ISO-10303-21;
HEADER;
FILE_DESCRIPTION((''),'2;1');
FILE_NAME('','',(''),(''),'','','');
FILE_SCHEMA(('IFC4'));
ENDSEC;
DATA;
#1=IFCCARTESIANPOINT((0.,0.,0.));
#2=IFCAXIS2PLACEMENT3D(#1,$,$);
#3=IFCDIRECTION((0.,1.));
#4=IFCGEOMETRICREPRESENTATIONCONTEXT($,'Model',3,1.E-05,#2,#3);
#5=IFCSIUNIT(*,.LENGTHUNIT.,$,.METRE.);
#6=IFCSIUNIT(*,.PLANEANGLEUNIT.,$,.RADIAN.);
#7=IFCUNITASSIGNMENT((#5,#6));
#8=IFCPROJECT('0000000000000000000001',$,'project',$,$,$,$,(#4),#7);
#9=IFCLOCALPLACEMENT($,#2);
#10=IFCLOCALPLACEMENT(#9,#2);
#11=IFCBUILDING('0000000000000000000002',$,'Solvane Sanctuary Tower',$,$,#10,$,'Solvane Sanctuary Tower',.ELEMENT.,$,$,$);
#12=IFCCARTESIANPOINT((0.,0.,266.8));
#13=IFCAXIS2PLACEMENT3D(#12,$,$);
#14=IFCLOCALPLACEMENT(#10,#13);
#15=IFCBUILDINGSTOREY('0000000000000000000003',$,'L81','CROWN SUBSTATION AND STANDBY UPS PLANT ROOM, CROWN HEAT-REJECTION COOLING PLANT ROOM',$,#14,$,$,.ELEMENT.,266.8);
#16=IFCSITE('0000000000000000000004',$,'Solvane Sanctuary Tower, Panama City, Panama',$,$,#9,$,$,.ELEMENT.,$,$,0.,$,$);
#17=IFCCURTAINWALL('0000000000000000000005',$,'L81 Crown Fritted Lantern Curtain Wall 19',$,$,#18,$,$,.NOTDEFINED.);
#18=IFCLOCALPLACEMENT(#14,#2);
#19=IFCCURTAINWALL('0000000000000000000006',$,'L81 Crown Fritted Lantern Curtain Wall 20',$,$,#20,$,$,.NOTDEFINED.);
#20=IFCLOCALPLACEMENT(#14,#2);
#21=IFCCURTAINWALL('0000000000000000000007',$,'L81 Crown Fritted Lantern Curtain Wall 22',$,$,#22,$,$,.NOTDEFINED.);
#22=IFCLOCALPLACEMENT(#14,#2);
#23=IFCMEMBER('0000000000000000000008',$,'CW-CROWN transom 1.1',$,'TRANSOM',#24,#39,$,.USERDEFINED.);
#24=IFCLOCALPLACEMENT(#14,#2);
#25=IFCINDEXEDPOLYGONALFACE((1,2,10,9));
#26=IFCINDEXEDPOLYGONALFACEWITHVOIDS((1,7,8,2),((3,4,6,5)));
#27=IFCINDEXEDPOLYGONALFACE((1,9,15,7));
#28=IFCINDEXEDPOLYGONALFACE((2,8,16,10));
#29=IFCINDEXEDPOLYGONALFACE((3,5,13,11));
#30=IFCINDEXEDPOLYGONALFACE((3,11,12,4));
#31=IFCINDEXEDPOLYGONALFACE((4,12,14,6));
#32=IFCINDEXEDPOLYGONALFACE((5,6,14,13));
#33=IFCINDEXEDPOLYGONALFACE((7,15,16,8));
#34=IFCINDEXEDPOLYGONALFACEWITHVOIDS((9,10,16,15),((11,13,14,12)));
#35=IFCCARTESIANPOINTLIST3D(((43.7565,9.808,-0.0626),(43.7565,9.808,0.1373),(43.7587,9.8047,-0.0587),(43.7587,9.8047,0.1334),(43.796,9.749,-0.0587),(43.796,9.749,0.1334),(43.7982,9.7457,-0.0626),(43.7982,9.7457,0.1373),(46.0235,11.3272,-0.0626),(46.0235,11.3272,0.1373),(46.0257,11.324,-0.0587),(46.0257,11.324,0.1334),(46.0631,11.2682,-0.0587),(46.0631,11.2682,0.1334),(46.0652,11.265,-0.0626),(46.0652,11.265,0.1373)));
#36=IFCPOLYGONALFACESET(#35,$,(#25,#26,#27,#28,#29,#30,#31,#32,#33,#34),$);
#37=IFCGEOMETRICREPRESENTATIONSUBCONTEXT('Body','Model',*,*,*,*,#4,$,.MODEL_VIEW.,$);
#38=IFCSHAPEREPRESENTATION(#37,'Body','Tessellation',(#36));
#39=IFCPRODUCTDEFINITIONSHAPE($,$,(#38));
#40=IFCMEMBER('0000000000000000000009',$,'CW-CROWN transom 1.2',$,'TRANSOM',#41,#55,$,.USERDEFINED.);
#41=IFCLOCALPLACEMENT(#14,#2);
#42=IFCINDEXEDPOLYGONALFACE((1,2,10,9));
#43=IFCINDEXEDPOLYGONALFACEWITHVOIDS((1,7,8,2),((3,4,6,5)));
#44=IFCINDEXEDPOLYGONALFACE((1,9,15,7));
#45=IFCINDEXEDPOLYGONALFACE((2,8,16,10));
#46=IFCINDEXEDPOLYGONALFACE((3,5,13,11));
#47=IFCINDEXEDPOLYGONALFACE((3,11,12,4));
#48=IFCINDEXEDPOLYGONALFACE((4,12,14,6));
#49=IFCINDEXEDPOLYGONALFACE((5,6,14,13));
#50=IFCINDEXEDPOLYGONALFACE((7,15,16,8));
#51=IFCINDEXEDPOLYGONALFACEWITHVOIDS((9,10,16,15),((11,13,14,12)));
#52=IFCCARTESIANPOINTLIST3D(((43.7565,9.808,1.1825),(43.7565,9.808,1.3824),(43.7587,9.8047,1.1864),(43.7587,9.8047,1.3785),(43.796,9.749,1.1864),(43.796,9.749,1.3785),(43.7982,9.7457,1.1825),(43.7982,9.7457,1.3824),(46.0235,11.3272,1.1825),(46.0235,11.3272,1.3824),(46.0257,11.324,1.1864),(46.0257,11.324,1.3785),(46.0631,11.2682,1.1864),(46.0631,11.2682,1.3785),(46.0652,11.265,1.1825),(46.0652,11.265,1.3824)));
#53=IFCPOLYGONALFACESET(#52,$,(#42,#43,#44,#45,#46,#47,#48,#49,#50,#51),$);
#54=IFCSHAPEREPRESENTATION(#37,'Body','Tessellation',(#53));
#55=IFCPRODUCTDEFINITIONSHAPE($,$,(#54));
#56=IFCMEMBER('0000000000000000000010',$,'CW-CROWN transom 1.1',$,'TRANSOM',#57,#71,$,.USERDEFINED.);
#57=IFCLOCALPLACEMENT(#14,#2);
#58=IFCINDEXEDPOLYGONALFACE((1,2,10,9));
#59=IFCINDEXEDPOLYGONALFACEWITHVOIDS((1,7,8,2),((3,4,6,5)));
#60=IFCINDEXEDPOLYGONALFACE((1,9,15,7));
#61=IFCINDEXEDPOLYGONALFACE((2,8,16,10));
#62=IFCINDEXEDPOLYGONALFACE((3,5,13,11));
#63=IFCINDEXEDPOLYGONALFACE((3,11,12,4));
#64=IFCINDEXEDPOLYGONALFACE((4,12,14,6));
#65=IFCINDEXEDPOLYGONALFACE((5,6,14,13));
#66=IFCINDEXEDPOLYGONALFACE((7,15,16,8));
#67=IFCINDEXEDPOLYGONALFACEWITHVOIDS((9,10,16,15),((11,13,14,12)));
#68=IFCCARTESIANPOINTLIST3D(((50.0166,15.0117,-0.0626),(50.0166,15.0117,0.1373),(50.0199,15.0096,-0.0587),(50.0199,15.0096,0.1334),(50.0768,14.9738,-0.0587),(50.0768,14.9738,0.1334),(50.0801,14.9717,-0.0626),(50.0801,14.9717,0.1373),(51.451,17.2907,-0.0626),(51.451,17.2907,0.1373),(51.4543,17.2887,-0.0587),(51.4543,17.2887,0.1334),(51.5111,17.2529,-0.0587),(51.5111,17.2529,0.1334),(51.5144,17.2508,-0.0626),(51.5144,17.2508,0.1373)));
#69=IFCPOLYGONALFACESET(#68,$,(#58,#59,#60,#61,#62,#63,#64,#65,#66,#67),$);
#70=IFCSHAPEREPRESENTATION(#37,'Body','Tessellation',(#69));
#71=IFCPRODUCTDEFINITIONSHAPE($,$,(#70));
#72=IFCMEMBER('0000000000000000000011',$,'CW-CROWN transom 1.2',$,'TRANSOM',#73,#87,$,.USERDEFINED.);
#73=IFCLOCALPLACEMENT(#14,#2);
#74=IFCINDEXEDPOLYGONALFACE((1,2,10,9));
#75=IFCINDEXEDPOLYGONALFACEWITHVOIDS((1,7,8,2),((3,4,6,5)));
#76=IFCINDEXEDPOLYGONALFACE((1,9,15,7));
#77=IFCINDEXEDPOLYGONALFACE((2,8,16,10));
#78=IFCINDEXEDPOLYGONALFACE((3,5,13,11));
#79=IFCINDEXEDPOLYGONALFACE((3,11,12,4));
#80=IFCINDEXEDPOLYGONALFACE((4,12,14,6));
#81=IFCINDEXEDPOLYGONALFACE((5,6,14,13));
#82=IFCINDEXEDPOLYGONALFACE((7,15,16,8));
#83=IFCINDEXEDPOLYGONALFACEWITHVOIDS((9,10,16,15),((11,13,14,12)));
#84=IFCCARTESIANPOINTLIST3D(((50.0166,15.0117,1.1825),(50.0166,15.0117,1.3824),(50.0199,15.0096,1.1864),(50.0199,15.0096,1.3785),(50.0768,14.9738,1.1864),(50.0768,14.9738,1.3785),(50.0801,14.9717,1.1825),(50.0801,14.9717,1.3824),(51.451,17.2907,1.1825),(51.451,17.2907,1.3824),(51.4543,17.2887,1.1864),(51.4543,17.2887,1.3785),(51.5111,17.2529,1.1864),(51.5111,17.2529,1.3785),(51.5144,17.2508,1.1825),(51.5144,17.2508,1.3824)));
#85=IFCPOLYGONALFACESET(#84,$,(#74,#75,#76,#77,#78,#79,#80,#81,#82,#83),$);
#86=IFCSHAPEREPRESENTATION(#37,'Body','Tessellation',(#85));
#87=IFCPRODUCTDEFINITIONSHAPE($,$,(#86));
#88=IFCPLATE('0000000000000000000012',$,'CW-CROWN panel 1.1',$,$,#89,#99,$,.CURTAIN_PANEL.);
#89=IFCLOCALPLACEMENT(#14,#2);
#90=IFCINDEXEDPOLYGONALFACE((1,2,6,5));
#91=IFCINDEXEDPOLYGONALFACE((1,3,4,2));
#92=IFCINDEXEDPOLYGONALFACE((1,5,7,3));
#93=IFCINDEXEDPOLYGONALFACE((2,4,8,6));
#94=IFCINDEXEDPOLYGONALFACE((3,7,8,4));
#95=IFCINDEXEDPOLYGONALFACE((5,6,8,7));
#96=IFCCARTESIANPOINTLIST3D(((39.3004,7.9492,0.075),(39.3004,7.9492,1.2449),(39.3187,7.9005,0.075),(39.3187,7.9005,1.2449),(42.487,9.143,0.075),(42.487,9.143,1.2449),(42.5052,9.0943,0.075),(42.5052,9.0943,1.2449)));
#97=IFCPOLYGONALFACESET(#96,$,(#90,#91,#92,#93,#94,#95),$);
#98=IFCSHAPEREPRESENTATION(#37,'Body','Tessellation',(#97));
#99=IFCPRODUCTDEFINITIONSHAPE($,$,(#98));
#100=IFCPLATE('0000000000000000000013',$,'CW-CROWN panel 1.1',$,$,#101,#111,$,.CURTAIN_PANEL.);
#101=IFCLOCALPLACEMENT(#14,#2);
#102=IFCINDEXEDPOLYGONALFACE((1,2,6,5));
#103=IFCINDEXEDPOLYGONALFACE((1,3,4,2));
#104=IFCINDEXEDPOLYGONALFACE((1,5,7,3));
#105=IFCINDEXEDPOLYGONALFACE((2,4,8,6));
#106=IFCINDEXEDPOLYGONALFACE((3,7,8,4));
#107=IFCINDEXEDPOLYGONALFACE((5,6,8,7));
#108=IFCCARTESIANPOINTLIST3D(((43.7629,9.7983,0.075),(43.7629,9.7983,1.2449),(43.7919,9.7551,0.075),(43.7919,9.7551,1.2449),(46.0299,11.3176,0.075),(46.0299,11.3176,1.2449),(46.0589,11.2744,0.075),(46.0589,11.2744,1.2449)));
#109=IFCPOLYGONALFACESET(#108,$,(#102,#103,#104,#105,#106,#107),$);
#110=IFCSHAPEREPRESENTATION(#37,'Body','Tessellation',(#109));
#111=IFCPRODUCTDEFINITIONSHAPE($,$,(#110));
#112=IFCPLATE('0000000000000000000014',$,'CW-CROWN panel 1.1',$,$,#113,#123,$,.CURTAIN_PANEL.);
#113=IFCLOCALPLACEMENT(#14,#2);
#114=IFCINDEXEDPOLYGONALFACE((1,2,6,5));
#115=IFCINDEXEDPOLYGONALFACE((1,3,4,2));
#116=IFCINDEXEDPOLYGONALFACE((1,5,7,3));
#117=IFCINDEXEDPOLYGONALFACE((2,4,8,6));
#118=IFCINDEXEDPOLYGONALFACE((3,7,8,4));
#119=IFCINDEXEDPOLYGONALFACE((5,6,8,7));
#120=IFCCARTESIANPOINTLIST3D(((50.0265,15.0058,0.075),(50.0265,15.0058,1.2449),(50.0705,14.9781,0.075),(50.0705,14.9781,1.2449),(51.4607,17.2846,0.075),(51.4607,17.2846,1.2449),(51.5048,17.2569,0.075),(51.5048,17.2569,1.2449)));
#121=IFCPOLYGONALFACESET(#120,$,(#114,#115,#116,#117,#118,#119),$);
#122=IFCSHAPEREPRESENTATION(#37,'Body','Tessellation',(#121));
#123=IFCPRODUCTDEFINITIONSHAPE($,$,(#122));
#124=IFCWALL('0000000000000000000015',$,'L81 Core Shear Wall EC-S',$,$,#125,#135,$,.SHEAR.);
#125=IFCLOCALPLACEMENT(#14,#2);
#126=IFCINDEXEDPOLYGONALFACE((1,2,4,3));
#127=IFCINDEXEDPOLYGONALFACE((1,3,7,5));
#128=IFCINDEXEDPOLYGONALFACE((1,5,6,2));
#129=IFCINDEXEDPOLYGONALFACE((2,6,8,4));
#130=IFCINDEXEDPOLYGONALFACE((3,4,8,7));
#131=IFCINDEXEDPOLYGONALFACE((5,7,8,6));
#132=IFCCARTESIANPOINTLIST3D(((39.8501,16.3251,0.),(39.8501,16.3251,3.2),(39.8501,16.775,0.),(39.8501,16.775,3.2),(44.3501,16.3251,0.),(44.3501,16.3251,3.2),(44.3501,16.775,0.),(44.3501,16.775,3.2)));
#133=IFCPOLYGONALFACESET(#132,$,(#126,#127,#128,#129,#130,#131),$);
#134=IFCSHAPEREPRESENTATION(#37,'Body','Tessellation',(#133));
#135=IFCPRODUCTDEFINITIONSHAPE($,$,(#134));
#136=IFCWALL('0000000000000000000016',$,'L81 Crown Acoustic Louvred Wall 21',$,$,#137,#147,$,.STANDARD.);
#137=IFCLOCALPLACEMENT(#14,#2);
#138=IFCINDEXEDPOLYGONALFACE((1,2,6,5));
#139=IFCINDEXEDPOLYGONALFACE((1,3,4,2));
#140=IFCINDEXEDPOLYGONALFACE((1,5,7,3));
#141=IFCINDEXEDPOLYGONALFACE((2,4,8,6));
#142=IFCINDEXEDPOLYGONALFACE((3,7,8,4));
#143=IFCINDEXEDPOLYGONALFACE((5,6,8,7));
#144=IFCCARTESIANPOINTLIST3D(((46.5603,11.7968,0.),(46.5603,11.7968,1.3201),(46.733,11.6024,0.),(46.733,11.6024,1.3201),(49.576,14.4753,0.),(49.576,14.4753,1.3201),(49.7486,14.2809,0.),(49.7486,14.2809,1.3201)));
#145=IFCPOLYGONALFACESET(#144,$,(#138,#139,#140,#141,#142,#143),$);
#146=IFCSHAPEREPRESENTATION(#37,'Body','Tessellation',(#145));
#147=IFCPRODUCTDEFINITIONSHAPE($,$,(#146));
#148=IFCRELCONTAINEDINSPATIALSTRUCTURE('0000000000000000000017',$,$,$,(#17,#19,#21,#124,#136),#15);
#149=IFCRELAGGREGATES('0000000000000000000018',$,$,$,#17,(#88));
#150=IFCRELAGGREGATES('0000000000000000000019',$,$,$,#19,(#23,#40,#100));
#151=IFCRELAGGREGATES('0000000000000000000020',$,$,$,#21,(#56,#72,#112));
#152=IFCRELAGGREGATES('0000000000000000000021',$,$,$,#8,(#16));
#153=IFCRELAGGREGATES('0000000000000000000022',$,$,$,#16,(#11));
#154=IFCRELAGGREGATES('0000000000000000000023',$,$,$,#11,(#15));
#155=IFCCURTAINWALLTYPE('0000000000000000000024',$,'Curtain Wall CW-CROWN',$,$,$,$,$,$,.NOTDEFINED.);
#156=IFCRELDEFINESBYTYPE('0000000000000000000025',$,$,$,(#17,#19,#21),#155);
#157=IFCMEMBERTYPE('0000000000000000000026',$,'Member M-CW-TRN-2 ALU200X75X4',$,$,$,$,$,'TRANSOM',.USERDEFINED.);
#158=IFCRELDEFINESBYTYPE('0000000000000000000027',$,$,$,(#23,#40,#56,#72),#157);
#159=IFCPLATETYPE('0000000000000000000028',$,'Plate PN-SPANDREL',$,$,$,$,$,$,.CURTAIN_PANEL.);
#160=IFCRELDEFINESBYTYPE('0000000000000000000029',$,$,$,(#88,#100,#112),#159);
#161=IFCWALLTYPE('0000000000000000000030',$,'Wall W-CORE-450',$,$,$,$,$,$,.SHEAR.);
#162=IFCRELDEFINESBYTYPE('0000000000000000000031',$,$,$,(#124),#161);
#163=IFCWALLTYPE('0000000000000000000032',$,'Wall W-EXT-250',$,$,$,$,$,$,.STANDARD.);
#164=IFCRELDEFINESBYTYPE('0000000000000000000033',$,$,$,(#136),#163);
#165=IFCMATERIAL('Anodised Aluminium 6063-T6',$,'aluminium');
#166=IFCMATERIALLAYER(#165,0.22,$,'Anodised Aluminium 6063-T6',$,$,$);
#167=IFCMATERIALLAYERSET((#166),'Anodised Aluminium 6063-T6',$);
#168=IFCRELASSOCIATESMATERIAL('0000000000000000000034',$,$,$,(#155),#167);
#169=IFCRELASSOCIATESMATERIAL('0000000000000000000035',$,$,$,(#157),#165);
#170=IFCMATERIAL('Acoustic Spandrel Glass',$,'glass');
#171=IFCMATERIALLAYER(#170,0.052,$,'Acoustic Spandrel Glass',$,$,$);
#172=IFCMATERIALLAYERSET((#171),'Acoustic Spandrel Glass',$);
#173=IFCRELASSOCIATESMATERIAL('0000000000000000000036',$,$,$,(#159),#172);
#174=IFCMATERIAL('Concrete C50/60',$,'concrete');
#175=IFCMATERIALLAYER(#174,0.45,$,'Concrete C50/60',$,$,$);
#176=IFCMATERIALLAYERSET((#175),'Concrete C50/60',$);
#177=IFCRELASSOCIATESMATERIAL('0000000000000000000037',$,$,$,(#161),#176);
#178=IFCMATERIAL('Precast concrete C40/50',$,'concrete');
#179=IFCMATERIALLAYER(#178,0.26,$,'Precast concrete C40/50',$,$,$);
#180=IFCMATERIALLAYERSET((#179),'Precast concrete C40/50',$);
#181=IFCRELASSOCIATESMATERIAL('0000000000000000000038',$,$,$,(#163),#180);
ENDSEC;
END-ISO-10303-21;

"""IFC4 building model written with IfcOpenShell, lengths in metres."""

from ifc_helpers import new_model, si_unit, direction, frame, frame_2d, origin, origin_2d, place, context, subcontext, project, spatial, rectangle, hollow_rectangle, extrude, material, layer, layer_set, material_profile, profile_set, type_object, element, aggregate, save


model = new_model("IFC4")

# Units and contexts
model_context = context("Model", 3, precision=1e-05, world=origin(), true_north=direction((0.0, 1.0)))
body_context = subcontext(model_context, "Body", "Model", "MODEL_VIEW")
ifc_project = project(units=[si_unit("LENGTHUNIT", "METRE"), si_unit("PLANEANGLEUNIT", "RADIAN")], contexts=[model_context])

# Site, building, storey
site_placement = place(None, origin())
site = spatial("IfcSite", under=ifc_project, at=site_placement, Name="Solvane Sanctuary Tower, Panama City, Panama", CompositionType="ELEMENT", RefElevation=0.0)
building_placement = place(site_placement, origin())
building = spatial("IfcBuilding", under=site, at=building_placement, Name="Solvane Sanctuary Tower", LongName="Solvane Sanctuary Tower", CompositionType="ELEMENT")
storey_placement = place(building_placement, frame((0.0, 0.0, 266.8)))
storey = spatial("IfcBuildingStorey", under=building, at=storey_placement, Name="L81", Description="CROWN SUBSTATION AND STANDBY UPS PLANT ROOM, CROWN HEAT-REJECTION COOLING PLANT ROOM", CompositionType="ELEMENT", Elevation=266.8)

# Curtain wall
ifc_material_1 = material(Name="Anodised Aluminium 6063-T6", Category="aluminium")
ifc_layer_1 = layer(ifc_material_1, 0.22, Name="Anodised Aluminium 6063-T6")
ifc_layer_set_1 = layer_set([ifc_layer_1], Name="Anodised Aluminium 6063-T6")
curtain_wall_type = type_object("IfcCurtainWallType", Name="Curtain Wall CW-CROWN", PredefinedType="NOTDEFINED", material=ifc_layer_set_1)
curtain_wall_1_placement = place(storey_placement, origin())
curtain_wall_1 = element("IfcCurtainWall", 1, at=curtain_wall_1_placement, inside=storey, type_object=curtain_wall_type, Name="L81 Crown Fritted Lantern Curtain Wall 19", PredefinedType="NOTDEFINED")

# Curtain wall
curtain_wall_2_placement = place(storey_placement, origin())
curtain_wall_2 = element("IfcCurtainWall", 2, at=curtain_wall_2_placement, inside=storey, type_object=curtain_wall_type, Name="L81 Crown Fritted Lantern Curtain Wall 20", PredefinedType="NOTDEFINED")

# Curtain wall
curtain_wall_3_placement = place(storey_placement, origin())
curtain_wall_3 = element("IfcCurtainWall", 3, at=curtain_wall_3_placement, inside=storey, type_object=curtain_wall_type, Name="L81 Crown Fritted Lantern Curtain Wall 22", PredefinedType="NOTDEFINED")

# Members
ifc_material_profile_1 = material_profile(ifc_material_1, hollow_rectangle(XDim=0.075, YDim=0.2, WallThickness=0.0039, at=origin_2d()), Name="ALU200X75X4")
ifc_profile_set_1 = profile_set([ifc_material_profile_1], Name="Anodised Aluminium 6063-T6")
member_type_1 = type_object("IfcMemberType", Name="Member M-CW-TRN-2 ALU200X75X4", ElementType="TRANSOM", PredefinedType="USERDEFINED", material=ifc_profile_set_1)
member_1_placement = place(storey_placement, frame((43.7773, 9.7769, 0.0374), z_axis=(0.830713, 0.556701, 0.0), x_axis=(-0.556701, 0.830713, 0.0)))
member_1 = element("IfcMember", 4, at=member_1_placement, type_object=member_type_1, Name="CW-CROWN transom 1.1", ObjectType="TRANSOM", PredefinedType="USERDEFINED", context=body_context, shape_type="SweptSolid", body=[
    extrude(hollow_rectangle(XDim=0.075, YDim=0.2, WallThickness=0.0039, at=origin_2d()), origin(), (0.0, 0.0, 1.0), 2.729),
])
member_2_placement = place(storey_placement, frame((43.7773, 9.7769, 1.2825), z_axis=(0.830713, 0.556701, 0.0), x_axis=(-0.556701, 0.830713, 0.0)))
member_2 = element("IfcMember", 5, at=member_2_placement, type_object=member_type_1, Name="CW-CROWN transom 1.2", ObjectType="TRANSOM", PredefinedType="USERDEFINED", context=body_context, shape_type="SweptSolid", body=[
    extrude(hollow_rectangle(XDim=0.075, YDim=0.2, WallThickness=0.0039, at=origin_2d()), origin(), (0.0, 0.0, 1.0), 2.729),
])
member_3_placement = place(storey_placement, frame((50.0483, 14.9917, 0.0374), z_axis=(0.532645, 0.846339, 0.0), x_axis=(-0.846339, 0.532645, 0.0)))
member_3 = element("IfcMember", 6, at=member_3_placement, type_object=member_type_1, Name="CW-CROWN transom 1.1", ObjectType="TRANSOM", PredefinedType="USERDEFINED", context=body_context, shape_type="SweptSolid", body=[
    extrude(hollow_rectangle(XDim=0.075, YDim=0.2, WallThickness=0.0039, at=origin_2d()), origin(), (0.0, 0.0, 1.0), 2.6929),
])
member_4_placement = place(storey_placement, frame((50.0483, 14.9917, 1.2825), z_axis=(0.532645, 0.846339, 0.0), x_axis=(-0.846339, 0.532645, 0.0)))
member_4 = element("IfcMember", 7, at=member_4_placement, type_object=member_type_1, Name="CW-CROWN transom 1.2", ObjectType="TRANSOM", PredefinedType="USERDEFINED", context=body_context, shape_type="SweptSolid", body=[
    extrude(hollow_rectangle(XDim=0.075, YDim=0.2, WallThickness=0.0039, at=origin_2d()), origin(), (0.0, 0.0, 1.0), 2.6929),
])

# Plates
ifc_material_2 = material(Name="Acoustic Spandrel Glass", Category="glass")
ifc_layer_2 = layer(ifc_material_2, 0.052, Name="Acoustic Spandrel Glass")
ifc_layer_set_2 = layer_set([ifc_layer_2], Name="Acoustic Spandrel Glass")
plate_type = type_object("IfcPlateType", Name="Plate PN-SPANDREL", PredefinedType="CURTAIN_PANEL", material=ifc_layer_set_2)
plate_1_placement = place(storey_placement, frame((40.9028, 8.5217, 0.075), z_axis=(0.0, 0.0, 1.0), x_axis=(0.936437, 0.350837, 0.0)))
plate_1 = element("IfcPlate", 8, at=plate_1_placement, type_object=plate_type, Name="CW-CROWN panel 1.1", PredefinedType="CURTAIN_PANEL", context=body_context, shape_type="SweptSolid", body=[
    extrude(rectangle(XDim=3.4028, YDim=0.052, at=origin_2d()), origin(), (0.0, 0.0, 1.0), 1.1699),
])
aggregate(curtain_wall_1, [plate_1])
plate_2_placement = place(storey_placement, frame((44.9109, 10.5364, 0.075), z_axis=(0.0, 0.0, 1.0), x_axis=(0.830701, 0.556718, 0.0)))
plate_2 = element("IfcPlate", 9, at=plate_2_placement, type_object=plate_type, Name="CW-CROWN panel 1.1", PredefinedType="CURTAIN_PANEL", context=body_context, shape_type="SweptSolid", body=[
    extrude(rectangle(XDim=2.729, YDim=0.052, at=origin_2d()), origin(), (0.0, 0.0, 1.0), 1.1699),
])
aggregate(curtain_wall_2, [member_1, member_2, plate_2])
plate_3_placement = place(storey_placement, frame((50.7656, 16.1313, 0.075), z_axis=(0.0, 0.0, 1.0), x_axis=(0.532656, 0.846332, 0.0)))
plate_3 = element("IfcPlate", 10, at=plate_3_placement, type_object=plate_type, Name="CW-CROWN panel 1.1", PredefinedType="CURTAIN_PANEL", context=body_context, shape_type="SweptSolid", body=[
    extrude(rectangle(XDim=2.6926, YDim=0.052, at=origin_2d()), origin(), (0.0, 0.0, 1.0), 1.1699),
])
aggregate(curtain_wall_3, [member_3, member_4, plate_3])

# Walls
ifc_material_3 = material(Name="Concrete C50/60", Category="concrete")
ifc_layer_3 = layer(ifc_material_3, 0.45, Name="Concrete C50/60")
ifc_layer_set_3 = layer_set([ifc_layer_3], Name="Concrete C50/60")
wall_type_1 = type_object("IfcWallType", Name="Wall W-CORE-450", PredefinedType="SHEAR", material=ifc_layer_set_3)
wall_1_placement = place(storey_placement, frame((39.8501, 16.55, 0.0), z_axis=(0.0, 0.0, 1.0), x_axis=(1.0, 0.0, 0.0)))
element("IfcWall", 11, at=wall_1_placement, inside=storey, type_object=wall_type_1, Name="L81 Core Shear Wall EC-S", PredefinedType="SHEAR", context=body_context, shape_type="SweptSolid", body=[
    extrude(rectangle(XDim=4.5, YDim=0.45, at=frame_2d((2.25, 0.0))), origin(), (0.0, 0.0, 1.0), 3.2),
])
ifc_material_4 = material(Name="Precast concrete C40/50", Category="concrete")
ifc_layer_4 = layer(ifc_material_4, 0.26, Name="Precast concrete C40/50")
ifc_layer_set_4 = layer_set([ifc_layer_4], Name="Precast concrete C40/50")
wall_type_2 = type_object("IfcWallType", Name="Wall W-EXT-250", PredefinedType="STANDARD", material=ifc_layer_set_4)
wall_2_placement = place(storey_placement, frame((46.6467, 11.6997, 0.0), z_axis=(0.0, 0.0, 1.0), x_axis=(0.747666, 0.664074, 0.0)))
element("IfcWall", 12, at=wall_2_placement, inside=storey, type_object=wall_type_2, Name="L81 Crown Acoustic Louvred Wall 21", PredefinedType="STANDARD", context=body_context, shape_type="SweptSolid", body=[
    extrude(rectangle(XDim=4.0334, YDim=0.26, at=frame_2d((2.0166, 0.0))), origin(), (0.0, 0.0, 1.0), 1.3201),
])

save(model, "model.ifc")
